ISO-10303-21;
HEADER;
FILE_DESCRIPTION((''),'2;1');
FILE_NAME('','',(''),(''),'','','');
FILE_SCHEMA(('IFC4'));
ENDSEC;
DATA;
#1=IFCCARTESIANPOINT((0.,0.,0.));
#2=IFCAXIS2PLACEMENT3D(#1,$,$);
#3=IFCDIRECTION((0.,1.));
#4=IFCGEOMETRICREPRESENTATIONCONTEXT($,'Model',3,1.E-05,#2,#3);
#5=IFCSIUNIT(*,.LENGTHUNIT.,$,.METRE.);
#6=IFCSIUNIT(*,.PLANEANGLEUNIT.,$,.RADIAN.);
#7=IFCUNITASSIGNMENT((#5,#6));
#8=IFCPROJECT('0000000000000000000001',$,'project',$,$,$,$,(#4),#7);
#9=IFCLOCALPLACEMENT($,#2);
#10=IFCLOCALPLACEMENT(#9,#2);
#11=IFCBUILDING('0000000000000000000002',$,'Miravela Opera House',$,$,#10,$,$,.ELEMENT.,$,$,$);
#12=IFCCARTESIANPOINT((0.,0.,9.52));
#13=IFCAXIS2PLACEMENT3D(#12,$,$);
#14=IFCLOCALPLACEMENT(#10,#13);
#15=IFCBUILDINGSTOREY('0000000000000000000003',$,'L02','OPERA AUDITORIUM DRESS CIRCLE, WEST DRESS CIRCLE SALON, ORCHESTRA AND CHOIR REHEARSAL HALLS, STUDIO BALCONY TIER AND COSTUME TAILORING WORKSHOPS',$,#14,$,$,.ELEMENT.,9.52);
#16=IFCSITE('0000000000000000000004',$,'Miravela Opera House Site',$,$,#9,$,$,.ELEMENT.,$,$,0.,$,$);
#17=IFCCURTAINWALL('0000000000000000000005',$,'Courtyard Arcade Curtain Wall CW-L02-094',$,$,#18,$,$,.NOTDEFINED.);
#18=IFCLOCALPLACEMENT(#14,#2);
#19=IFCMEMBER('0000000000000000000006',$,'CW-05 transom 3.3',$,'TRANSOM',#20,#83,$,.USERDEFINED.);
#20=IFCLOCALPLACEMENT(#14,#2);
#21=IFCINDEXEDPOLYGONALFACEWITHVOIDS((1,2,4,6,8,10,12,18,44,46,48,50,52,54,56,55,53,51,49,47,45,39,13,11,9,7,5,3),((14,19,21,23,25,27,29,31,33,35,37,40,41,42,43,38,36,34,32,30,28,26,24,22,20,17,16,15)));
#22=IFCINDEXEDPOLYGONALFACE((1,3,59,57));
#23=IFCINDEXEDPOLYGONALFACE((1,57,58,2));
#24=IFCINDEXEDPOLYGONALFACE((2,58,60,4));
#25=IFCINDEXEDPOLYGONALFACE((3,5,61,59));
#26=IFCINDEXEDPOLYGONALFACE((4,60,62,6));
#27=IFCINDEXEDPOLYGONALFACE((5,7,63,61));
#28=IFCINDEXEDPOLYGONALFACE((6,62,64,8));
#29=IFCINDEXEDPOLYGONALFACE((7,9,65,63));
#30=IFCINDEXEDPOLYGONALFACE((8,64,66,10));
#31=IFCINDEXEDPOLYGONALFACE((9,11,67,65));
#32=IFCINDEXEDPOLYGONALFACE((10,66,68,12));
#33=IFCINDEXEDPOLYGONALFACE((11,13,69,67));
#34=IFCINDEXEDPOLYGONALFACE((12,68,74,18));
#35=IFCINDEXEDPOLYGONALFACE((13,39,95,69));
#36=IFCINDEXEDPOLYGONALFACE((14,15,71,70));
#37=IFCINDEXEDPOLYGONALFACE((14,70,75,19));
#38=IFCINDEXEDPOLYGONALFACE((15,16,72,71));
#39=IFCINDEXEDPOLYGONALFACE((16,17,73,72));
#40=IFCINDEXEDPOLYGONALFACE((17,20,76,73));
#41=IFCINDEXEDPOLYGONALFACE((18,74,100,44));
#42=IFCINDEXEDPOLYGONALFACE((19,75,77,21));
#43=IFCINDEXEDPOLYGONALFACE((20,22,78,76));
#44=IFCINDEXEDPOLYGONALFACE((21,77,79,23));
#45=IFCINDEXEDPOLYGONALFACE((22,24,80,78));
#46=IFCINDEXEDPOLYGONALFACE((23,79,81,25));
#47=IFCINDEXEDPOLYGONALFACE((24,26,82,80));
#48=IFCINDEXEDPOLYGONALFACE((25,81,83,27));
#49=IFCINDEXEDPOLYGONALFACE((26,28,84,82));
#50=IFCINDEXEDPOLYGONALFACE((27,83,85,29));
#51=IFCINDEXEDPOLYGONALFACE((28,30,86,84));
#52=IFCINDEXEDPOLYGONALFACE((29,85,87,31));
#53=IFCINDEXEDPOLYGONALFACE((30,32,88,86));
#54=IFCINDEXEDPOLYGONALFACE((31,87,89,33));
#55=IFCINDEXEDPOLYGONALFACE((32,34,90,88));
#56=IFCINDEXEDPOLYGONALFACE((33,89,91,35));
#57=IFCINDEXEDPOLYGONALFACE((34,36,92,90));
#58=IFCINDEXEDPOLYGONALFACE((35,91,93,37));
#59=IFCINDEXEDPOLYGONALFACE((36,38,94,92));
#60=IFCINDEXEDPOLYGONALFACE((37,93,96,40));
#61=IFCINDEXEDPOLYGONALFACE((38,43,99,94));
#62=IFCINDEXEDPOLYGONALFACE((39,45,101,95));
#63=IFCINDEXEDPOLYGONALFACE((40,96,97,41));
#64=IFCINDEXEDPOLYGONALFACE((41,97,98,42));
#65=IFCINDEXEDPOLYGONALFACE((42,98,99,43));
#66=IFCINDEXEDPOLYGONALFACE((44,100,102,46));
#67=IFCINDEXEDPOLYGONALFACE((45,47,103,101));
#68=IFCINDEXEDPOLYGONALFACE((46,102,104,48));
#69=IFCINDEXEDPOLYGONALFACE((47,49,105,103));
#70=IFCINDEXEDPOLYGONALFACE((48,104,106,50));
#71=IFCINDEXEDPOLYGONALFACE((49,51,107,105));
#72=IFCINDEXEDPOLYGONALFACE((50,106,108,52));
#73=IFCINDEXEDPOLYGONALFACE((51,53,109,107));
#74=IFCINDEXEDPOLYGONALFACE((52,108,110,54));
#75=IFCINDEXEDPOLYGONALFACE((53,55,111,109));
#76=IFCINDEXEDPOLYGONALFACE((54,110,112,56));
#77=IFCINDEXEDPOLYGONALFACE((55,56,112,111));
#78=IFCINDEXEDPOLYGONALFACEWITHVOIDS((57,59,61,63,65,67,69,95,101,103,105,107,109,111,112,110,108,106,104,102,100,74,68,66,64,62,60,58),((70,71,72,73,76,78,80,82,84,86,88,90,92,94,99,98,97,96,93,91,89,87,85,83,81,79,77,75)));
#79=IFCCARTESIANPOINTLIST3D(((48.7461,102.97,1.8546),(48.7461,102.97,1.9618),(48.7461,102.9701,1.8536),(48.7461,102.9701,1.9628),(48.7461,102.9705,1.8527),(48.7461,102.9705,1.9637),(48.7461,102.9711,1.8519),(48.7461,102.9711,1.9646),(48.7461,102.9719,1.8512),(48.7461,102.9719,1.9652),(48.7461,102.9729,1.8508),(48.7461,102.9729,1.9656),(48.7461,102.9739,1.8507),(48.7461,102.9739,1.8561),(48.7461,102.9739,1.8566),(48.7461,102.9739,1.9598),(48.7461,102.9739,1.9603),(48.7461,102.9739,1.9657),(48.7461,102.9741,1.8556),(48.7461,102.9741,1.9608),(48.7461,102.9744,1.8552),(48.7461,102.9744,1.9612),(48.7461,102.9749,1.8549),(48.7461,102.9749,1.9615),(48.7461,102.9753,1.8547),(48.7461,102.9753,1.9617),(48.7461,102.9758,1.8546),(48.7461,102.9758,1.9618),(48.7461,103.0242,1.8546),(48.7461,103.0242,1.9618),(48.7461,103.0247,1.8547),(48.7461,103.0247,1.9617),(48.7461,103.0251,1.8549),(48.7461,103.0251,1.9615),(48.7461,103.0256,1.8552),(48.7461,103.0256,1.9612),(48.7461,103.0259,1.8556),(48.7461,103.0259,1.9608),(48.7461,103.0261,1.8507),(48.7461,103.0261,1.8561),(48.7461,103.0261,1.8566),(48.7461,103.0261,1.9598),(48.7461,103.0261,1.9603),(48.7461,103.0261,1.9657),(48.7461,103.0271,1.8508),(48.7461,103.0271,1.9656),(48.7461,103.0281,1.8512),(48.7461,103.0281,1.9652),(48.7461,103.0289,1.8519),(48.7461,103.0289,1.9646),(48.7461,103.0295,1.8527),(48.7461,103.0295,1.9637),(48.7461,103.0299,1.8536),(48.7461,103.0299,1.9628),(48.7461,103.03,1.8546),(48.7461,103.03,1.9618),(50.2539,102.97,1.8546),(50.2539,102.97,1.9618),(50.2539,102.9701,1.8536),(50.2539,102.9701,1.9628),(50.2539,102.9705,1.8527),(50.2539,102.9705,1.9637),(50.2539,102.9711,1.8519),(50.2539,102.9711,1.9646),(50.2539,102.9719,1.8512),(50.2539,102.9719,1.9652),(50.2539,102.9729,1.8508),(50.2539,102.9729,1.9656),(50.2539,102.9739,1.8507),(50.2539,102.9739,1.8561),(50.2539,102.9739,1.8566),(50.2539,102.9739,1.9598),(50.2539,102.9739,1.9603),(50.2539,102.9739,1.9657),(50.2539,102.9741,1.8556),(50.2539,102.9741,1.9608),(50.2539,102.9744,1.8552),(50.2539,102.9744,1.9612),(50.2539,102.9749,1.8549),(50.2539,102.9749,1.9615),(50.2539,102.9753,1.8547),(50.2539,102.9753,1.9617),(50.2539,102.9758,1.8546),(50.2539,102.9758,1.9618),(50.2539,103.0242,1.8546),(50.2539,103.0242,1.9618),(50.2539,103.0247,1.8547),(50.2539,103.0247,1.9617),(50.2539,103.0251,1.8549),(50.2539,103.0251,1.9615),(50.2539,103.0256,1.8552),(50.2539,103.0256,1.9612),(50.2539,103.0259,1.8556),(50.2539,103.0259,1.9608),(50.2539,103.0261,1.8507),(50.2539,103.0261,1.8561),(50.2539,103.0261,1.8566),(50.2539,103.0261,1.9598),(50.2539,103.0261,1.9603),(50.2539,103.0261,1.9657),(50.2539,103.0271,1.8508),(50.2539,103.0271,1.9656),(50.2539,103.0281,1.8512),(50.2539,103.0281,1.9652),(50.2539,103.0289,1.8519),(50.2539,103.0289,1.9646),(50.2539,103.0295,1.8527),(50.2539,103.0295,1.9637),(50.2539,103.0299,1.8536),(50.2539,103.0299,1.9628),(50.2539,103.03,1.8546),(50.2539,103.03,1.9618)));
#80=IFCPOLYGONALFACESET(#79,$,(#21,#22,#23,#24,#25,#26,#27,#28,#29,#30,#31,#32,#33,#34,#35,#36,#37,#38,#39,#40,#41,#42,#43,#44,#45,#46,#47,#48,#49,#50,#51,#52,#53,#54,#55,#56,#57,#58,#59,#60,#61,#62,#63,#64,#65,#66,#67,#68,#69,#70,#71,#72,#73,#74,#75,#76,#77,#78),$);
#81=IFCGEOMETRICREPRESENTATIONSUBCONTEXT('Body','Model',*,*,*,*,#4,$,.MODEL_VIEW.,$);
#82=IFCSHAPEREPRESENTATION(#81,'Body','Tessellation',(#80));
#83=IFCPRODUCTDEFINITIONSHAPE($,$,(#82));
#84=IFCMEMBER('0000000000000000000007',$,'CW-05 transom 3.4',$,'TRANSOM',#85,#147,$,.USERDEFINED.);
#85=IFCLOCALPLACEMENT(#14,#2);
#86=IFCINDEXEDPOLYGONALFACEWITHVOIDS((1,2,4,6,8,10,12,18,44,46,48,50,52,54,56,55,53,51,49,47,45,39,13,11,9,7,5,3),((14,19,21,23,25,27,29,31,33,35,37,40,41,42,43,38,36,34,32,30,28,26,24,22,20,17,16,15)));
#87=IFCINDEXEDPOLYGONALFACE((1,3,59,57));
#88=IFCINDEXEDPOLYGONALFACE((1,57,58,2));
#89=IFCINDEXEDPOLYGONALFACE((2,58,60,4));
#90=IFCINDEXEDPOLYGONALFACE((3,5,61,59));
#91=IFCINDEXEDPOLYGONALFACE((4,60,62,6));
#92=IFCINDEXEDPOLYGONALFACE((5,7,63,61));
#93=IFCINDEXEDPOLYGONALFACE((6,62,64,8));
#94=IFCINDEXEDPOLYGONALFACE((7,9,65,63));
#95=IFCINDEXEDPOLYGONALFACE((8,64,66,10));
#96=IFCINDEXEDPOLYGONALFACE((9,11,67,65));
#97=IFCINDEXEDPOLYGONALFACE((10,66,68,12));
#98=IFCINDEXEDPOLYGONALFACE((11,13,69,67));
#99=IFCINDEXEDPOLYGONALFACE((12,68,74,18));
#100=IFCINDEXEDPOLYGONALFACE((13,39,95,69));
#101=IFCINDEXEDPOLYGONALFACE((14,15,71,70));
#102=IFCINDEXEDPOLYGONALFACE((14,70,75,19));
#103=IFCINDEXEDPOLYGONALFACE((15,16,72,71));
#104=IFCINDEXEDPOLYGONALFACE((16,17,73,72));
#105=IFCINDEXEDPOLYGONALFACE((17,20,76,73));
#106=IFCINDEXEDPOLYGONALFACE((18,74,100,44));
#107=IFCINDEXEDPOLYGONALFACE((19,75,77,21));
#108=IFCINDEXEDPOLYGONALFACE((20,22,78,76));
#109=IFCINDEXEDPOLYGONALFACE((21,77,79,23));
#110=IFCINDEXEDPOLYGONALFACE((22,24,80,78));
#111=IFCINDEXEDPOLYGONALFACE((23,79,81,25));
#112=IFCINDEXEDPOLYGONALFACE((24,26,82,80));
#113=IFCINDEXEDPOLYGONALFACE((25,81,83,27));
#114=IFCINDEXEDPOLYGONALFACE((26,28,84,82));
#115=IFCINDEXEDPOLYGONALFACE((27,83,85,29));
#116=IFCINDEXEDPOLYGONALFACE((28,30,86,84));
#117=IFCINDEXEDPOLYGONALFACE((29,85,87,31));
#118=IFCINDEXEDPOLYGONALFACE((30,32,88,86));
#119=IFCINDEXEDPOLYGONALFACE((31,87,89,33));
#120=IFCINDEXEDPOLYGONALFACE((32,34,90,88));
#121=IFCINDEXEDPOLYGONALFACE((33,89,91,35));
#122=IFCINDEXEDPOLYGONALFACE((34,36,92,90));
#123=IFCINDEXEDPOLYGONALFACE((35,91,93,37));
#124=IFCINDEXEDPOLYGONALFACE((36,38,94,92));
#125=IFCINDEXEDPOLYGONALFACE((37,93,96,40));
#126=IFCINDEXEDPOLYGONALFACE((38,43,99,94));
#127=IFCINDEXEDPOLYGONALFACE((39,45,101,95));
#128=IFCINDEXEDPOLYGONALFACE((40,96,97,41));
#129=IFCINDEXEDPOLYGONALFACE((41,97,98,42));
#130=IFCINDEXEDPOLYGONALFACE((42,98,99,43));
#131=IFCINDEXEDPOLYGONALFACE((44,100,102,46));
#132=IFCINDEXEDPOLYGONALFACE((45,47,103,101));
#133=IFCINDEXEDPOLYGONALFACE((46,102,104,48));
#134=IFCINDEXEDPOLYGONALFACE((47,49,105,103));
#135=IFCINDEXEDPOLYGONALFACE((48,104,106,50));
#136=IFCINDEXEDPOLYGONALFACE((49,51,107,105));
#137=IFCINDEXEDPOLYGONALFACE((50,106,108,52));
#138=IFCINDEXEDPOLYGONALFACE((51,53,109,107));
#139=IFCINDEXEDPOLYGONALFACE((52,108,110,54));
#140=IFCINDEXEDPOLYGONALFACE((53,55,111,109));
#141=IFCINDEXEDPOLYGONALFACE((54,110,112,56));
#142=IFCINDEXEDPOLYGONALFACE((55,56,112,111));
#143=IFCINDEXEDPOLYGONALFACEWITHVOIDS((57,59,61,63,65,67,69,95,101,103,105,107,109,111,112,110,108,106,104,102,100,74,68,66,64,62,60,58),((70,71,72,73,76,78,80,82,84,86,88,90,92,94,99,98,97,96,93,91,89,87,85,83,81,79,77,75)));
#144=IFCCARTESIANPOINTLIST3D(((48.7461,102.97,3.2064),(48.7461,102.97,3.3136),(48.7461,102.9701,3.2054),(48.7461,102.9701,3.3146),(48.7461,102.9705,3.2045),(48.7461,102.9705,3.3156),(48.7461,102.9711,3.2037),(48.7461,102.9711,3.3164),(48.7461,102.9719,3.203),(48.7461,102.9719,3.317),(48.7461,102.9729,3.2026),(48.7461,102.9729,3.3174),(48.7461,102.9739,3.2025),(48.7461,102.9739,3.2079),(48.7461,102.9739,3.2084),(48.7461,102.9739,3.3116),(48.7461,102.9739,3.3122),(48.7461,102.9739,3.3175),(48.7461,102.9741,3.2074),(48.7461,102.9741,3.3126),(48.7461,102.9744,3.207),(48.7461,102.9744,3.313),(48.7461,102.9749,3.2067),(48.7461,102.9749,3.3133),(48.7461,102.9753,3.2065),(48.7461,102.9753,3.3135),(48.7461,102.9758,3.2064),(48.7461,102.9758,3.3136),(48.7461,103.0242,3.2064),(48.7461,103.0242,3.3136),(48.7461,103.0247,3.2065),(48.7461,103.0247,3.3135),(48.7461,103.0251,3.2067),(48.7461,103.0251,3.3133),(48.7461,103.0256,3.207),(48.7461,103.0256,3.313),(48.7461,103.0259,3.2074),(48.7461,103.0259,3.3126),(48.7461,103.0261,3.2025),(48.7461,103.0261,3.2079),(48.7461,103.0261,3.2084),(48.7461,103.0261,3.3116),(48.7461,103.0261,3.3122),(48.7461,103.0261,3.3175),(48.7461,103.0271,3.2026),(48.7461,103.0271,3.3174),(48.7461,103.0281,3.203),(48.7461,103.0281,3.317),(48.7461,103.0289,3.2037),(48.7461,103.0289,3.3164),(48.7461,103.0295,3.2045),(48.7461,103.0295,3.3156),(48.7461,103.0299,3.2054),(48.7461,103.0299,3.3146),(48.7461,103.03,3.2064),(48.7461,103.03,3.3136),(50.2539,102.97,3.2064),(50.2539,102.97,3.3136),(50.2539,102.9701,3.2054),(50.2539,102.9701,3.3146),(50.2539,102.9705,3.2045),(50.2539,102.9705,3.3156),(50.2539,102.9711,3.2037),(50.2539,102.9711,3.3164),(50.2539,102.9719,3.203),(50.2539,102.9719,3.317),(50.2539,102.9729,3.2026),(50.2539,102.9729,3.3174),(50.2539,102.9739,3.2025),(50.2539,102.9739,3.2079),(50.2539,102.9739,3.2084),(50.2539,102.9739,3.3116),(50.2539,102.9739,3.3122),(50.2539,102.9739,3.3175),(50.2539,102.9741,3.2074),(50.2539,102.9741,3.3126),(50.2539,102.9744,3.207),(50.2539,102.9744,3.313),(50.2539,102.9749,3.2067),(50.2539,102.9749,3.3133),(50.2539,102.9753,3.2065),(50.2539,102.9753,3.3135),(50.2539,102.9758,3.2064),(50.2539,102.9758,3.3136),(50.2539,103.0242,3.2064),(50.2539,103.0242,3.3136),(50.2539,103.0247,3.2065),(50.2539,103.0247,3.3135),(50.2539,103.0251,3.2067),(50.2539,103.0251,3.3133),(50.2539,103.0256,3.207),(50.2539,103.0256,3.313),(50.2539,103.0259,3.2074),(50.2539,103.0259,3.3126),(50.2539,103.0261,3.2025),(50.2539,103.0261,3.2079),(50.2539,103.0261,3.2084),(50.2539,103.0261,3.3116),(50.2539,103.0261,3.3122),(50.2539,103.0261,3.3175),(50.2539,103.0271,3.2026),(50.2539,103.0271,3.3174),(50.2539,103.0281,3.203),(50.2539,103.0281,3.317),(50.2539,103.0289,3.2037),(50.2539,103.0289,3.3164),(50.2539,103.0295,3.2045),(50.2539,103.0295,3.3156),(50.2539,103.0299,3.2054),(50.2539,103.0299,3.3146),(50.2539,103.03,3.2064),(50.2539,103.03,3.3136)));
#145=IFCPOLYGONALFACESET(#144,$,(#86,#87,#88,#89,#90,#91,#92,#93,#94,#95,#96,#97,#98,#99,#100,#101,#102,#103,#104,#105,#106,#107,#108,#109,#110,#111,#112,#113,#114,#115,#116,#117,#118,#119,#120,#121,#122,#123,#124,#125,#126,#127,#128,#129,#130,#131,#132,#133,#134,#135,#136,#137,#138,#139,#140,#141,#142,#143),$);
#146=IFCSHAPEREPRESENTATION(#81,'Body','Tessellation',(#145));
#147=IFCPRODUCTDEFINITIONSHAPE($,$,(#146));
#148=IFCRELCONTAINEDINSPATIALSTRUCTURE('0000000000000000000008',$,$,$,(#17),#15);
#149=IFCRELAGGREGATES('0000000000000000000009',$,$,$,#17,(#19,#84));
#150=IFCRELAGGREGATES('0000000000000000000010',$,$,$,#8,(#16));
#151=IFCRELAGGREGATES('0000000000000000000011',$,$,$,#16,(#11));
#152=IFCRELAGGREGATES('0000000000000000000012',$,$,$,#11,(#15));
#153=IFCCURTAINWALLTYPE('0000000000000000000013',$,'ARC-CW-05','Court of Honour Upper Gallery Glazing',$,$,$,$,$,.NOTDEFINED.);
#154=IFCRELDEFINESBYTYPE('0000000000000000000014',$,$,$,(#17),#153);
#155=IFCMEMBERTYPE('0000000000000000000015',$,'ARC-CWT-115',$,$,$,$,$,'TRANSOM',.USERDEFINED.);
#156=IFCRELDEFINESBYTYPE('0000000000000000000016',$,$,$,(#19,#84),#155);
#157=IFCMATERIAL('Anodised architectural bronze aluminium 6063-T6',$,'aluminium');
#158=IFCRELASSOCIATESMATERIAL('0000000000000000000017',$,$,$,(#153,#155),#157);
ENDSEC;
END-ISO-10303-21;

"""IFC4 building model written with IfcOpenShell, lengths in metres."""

from ifc_helpers import new_model, si_unit, direction, frame, origin, origin_2d, place, context, subcontext, project, spatial, hollow_rectangle, extrude, material, material_profile, profile_set, type_object, element, aggregate, save


model = new_model("IFC4")

# Units and contexts
model_context = context("Model", 3, precision=1e-05, world=origin(), true_north=direction((0.0, 1.0)))
body_context = subcontext(model_context, "Body", "Model", "MODEL_VIEW")
ifc_project = project(units=[si_unit("LENGTHUNIT", "METRE"), si_unit("PLANEANGLEUNIT", "RADIAN")], contexts=[model_context])

# Site, building, storey
site_placement = place(None, origin())
site = spatial("IfcSite", under=ifc_project, at=site_placement, Name="Miravela Opera House Site", CompositionType="ELEMENT", RefElevation=0.0)
building_placement = place(site_placement, origin())
building = spatial("IfcBuilding", under=site, at=building_placement, Name="Miravela Opera House", CompositionType="ELEMENT")
storey_placement = place(building_placement, frame((0.0, 0.0, 9.52)))
storey = spatial("IfcBuildingStorey", under=building, at=storey_placement, Name="L02", Description="OPERA AUDITORIUM DRESS CIRCLE, WEST DRESS CIRCLE SALON, ORCHESTRA AND CHOIR REHEARSAL HALLS, STUDIO BALCONY TIER AND COSTUME TAILORING WORKSHOPS", CompositionType="ELEMENT", Elevation=9.52)

# Curtain wall, members
ifc_material_1 = material(Name="Anodised architectural bronze aluminium 6063-T6", Category="aluminium")
curtain_wall_type = type_object("IfcCurtainWallType", Name="ARC-CW-05", Description="Court of Honour Upper Gallery Glazing", PredefinedType="NOTDEFINED", material=ifc_material_1)
curtain_wall_placement = place(storey_placement, origin())
curtain_wall = element("IfcCurtainWall", 1, at=curtain_wall_placement, inside=storey, type_object=curtain_wall_type, Name="Courtyard Arcade Curtain Wall CW-L02-094", PredefinedType="NOTDEFINED")
ifc_material_profile_1 = material_profile(ifc_material_1, hollow_rectangle(XDim=0.0601, YDim=0.115, WallThickness=0.0039, InnerFilletRadius=0.002, OuterFilletRadius=0.0039, at=origin_2d()), Name="CWT-60X115")
ifc_profile_set_1 = profile_set([ifc_material_profile_1])
member_type_1 = type_object("IfcMemberType", Name="ARC-CWT-115", ElementType="TRANSOM", PredefinedType="USERDEFINED", material=ifc_profile_set_1)
member_1_placement = place(storey_placement, frame((48.7461, 103.0, 1.9082), z_axis=(1.0, 0.0, 0.0), x_axis=(0.0, 1.0, 0.0)))
member_1 = element("IfcMember", 2, at=member_1_placement, type_object=member_type_1, Name="CW-05 transom 3.3", ObjectType="TRANSOM", PredefinedType="USERDEFINED", context=body_context, shape_type="SweptSolid", body=[
    extrude(hollow_rectangle(XDim=0.0601, YDim=0.115, WallThickness=0.0039, InnerFilletRadius=0.002, OuterFilletRadius=0.0039, at=origin_2d()), origin(), (0.0, 0.0, 1.0), 1.5078),
])
member_2_placement = place(storey_placement, frame((48.7461, 103.0, 3.26), z_axis=(1.0, 0.0, 0.0), x_axis=(0.0, 1.0, 0.0)))
member_2 = element("IfcMember", 3, at=member_2_placement, type_object=member_type_1, Name="CW-05 transom 3.4", ObjectType="TRANSOM", PredefinedType="USERDEFINED", context=body_context, shape_type="SweptSolid", body=[
    extrude(hollow_rectangle(XDim=0.0601, YDim=0.115, WallThickness=0.0039, InnerFilletRadius=0.002, OuterFilletRadius=0.0039, at=origin_2d()), origin(), (0.0, 0.0, 1.0), 1.5078),
])
aggregate(curtain_wall, [member_1, member_2])

save(model, "model.ifc")
